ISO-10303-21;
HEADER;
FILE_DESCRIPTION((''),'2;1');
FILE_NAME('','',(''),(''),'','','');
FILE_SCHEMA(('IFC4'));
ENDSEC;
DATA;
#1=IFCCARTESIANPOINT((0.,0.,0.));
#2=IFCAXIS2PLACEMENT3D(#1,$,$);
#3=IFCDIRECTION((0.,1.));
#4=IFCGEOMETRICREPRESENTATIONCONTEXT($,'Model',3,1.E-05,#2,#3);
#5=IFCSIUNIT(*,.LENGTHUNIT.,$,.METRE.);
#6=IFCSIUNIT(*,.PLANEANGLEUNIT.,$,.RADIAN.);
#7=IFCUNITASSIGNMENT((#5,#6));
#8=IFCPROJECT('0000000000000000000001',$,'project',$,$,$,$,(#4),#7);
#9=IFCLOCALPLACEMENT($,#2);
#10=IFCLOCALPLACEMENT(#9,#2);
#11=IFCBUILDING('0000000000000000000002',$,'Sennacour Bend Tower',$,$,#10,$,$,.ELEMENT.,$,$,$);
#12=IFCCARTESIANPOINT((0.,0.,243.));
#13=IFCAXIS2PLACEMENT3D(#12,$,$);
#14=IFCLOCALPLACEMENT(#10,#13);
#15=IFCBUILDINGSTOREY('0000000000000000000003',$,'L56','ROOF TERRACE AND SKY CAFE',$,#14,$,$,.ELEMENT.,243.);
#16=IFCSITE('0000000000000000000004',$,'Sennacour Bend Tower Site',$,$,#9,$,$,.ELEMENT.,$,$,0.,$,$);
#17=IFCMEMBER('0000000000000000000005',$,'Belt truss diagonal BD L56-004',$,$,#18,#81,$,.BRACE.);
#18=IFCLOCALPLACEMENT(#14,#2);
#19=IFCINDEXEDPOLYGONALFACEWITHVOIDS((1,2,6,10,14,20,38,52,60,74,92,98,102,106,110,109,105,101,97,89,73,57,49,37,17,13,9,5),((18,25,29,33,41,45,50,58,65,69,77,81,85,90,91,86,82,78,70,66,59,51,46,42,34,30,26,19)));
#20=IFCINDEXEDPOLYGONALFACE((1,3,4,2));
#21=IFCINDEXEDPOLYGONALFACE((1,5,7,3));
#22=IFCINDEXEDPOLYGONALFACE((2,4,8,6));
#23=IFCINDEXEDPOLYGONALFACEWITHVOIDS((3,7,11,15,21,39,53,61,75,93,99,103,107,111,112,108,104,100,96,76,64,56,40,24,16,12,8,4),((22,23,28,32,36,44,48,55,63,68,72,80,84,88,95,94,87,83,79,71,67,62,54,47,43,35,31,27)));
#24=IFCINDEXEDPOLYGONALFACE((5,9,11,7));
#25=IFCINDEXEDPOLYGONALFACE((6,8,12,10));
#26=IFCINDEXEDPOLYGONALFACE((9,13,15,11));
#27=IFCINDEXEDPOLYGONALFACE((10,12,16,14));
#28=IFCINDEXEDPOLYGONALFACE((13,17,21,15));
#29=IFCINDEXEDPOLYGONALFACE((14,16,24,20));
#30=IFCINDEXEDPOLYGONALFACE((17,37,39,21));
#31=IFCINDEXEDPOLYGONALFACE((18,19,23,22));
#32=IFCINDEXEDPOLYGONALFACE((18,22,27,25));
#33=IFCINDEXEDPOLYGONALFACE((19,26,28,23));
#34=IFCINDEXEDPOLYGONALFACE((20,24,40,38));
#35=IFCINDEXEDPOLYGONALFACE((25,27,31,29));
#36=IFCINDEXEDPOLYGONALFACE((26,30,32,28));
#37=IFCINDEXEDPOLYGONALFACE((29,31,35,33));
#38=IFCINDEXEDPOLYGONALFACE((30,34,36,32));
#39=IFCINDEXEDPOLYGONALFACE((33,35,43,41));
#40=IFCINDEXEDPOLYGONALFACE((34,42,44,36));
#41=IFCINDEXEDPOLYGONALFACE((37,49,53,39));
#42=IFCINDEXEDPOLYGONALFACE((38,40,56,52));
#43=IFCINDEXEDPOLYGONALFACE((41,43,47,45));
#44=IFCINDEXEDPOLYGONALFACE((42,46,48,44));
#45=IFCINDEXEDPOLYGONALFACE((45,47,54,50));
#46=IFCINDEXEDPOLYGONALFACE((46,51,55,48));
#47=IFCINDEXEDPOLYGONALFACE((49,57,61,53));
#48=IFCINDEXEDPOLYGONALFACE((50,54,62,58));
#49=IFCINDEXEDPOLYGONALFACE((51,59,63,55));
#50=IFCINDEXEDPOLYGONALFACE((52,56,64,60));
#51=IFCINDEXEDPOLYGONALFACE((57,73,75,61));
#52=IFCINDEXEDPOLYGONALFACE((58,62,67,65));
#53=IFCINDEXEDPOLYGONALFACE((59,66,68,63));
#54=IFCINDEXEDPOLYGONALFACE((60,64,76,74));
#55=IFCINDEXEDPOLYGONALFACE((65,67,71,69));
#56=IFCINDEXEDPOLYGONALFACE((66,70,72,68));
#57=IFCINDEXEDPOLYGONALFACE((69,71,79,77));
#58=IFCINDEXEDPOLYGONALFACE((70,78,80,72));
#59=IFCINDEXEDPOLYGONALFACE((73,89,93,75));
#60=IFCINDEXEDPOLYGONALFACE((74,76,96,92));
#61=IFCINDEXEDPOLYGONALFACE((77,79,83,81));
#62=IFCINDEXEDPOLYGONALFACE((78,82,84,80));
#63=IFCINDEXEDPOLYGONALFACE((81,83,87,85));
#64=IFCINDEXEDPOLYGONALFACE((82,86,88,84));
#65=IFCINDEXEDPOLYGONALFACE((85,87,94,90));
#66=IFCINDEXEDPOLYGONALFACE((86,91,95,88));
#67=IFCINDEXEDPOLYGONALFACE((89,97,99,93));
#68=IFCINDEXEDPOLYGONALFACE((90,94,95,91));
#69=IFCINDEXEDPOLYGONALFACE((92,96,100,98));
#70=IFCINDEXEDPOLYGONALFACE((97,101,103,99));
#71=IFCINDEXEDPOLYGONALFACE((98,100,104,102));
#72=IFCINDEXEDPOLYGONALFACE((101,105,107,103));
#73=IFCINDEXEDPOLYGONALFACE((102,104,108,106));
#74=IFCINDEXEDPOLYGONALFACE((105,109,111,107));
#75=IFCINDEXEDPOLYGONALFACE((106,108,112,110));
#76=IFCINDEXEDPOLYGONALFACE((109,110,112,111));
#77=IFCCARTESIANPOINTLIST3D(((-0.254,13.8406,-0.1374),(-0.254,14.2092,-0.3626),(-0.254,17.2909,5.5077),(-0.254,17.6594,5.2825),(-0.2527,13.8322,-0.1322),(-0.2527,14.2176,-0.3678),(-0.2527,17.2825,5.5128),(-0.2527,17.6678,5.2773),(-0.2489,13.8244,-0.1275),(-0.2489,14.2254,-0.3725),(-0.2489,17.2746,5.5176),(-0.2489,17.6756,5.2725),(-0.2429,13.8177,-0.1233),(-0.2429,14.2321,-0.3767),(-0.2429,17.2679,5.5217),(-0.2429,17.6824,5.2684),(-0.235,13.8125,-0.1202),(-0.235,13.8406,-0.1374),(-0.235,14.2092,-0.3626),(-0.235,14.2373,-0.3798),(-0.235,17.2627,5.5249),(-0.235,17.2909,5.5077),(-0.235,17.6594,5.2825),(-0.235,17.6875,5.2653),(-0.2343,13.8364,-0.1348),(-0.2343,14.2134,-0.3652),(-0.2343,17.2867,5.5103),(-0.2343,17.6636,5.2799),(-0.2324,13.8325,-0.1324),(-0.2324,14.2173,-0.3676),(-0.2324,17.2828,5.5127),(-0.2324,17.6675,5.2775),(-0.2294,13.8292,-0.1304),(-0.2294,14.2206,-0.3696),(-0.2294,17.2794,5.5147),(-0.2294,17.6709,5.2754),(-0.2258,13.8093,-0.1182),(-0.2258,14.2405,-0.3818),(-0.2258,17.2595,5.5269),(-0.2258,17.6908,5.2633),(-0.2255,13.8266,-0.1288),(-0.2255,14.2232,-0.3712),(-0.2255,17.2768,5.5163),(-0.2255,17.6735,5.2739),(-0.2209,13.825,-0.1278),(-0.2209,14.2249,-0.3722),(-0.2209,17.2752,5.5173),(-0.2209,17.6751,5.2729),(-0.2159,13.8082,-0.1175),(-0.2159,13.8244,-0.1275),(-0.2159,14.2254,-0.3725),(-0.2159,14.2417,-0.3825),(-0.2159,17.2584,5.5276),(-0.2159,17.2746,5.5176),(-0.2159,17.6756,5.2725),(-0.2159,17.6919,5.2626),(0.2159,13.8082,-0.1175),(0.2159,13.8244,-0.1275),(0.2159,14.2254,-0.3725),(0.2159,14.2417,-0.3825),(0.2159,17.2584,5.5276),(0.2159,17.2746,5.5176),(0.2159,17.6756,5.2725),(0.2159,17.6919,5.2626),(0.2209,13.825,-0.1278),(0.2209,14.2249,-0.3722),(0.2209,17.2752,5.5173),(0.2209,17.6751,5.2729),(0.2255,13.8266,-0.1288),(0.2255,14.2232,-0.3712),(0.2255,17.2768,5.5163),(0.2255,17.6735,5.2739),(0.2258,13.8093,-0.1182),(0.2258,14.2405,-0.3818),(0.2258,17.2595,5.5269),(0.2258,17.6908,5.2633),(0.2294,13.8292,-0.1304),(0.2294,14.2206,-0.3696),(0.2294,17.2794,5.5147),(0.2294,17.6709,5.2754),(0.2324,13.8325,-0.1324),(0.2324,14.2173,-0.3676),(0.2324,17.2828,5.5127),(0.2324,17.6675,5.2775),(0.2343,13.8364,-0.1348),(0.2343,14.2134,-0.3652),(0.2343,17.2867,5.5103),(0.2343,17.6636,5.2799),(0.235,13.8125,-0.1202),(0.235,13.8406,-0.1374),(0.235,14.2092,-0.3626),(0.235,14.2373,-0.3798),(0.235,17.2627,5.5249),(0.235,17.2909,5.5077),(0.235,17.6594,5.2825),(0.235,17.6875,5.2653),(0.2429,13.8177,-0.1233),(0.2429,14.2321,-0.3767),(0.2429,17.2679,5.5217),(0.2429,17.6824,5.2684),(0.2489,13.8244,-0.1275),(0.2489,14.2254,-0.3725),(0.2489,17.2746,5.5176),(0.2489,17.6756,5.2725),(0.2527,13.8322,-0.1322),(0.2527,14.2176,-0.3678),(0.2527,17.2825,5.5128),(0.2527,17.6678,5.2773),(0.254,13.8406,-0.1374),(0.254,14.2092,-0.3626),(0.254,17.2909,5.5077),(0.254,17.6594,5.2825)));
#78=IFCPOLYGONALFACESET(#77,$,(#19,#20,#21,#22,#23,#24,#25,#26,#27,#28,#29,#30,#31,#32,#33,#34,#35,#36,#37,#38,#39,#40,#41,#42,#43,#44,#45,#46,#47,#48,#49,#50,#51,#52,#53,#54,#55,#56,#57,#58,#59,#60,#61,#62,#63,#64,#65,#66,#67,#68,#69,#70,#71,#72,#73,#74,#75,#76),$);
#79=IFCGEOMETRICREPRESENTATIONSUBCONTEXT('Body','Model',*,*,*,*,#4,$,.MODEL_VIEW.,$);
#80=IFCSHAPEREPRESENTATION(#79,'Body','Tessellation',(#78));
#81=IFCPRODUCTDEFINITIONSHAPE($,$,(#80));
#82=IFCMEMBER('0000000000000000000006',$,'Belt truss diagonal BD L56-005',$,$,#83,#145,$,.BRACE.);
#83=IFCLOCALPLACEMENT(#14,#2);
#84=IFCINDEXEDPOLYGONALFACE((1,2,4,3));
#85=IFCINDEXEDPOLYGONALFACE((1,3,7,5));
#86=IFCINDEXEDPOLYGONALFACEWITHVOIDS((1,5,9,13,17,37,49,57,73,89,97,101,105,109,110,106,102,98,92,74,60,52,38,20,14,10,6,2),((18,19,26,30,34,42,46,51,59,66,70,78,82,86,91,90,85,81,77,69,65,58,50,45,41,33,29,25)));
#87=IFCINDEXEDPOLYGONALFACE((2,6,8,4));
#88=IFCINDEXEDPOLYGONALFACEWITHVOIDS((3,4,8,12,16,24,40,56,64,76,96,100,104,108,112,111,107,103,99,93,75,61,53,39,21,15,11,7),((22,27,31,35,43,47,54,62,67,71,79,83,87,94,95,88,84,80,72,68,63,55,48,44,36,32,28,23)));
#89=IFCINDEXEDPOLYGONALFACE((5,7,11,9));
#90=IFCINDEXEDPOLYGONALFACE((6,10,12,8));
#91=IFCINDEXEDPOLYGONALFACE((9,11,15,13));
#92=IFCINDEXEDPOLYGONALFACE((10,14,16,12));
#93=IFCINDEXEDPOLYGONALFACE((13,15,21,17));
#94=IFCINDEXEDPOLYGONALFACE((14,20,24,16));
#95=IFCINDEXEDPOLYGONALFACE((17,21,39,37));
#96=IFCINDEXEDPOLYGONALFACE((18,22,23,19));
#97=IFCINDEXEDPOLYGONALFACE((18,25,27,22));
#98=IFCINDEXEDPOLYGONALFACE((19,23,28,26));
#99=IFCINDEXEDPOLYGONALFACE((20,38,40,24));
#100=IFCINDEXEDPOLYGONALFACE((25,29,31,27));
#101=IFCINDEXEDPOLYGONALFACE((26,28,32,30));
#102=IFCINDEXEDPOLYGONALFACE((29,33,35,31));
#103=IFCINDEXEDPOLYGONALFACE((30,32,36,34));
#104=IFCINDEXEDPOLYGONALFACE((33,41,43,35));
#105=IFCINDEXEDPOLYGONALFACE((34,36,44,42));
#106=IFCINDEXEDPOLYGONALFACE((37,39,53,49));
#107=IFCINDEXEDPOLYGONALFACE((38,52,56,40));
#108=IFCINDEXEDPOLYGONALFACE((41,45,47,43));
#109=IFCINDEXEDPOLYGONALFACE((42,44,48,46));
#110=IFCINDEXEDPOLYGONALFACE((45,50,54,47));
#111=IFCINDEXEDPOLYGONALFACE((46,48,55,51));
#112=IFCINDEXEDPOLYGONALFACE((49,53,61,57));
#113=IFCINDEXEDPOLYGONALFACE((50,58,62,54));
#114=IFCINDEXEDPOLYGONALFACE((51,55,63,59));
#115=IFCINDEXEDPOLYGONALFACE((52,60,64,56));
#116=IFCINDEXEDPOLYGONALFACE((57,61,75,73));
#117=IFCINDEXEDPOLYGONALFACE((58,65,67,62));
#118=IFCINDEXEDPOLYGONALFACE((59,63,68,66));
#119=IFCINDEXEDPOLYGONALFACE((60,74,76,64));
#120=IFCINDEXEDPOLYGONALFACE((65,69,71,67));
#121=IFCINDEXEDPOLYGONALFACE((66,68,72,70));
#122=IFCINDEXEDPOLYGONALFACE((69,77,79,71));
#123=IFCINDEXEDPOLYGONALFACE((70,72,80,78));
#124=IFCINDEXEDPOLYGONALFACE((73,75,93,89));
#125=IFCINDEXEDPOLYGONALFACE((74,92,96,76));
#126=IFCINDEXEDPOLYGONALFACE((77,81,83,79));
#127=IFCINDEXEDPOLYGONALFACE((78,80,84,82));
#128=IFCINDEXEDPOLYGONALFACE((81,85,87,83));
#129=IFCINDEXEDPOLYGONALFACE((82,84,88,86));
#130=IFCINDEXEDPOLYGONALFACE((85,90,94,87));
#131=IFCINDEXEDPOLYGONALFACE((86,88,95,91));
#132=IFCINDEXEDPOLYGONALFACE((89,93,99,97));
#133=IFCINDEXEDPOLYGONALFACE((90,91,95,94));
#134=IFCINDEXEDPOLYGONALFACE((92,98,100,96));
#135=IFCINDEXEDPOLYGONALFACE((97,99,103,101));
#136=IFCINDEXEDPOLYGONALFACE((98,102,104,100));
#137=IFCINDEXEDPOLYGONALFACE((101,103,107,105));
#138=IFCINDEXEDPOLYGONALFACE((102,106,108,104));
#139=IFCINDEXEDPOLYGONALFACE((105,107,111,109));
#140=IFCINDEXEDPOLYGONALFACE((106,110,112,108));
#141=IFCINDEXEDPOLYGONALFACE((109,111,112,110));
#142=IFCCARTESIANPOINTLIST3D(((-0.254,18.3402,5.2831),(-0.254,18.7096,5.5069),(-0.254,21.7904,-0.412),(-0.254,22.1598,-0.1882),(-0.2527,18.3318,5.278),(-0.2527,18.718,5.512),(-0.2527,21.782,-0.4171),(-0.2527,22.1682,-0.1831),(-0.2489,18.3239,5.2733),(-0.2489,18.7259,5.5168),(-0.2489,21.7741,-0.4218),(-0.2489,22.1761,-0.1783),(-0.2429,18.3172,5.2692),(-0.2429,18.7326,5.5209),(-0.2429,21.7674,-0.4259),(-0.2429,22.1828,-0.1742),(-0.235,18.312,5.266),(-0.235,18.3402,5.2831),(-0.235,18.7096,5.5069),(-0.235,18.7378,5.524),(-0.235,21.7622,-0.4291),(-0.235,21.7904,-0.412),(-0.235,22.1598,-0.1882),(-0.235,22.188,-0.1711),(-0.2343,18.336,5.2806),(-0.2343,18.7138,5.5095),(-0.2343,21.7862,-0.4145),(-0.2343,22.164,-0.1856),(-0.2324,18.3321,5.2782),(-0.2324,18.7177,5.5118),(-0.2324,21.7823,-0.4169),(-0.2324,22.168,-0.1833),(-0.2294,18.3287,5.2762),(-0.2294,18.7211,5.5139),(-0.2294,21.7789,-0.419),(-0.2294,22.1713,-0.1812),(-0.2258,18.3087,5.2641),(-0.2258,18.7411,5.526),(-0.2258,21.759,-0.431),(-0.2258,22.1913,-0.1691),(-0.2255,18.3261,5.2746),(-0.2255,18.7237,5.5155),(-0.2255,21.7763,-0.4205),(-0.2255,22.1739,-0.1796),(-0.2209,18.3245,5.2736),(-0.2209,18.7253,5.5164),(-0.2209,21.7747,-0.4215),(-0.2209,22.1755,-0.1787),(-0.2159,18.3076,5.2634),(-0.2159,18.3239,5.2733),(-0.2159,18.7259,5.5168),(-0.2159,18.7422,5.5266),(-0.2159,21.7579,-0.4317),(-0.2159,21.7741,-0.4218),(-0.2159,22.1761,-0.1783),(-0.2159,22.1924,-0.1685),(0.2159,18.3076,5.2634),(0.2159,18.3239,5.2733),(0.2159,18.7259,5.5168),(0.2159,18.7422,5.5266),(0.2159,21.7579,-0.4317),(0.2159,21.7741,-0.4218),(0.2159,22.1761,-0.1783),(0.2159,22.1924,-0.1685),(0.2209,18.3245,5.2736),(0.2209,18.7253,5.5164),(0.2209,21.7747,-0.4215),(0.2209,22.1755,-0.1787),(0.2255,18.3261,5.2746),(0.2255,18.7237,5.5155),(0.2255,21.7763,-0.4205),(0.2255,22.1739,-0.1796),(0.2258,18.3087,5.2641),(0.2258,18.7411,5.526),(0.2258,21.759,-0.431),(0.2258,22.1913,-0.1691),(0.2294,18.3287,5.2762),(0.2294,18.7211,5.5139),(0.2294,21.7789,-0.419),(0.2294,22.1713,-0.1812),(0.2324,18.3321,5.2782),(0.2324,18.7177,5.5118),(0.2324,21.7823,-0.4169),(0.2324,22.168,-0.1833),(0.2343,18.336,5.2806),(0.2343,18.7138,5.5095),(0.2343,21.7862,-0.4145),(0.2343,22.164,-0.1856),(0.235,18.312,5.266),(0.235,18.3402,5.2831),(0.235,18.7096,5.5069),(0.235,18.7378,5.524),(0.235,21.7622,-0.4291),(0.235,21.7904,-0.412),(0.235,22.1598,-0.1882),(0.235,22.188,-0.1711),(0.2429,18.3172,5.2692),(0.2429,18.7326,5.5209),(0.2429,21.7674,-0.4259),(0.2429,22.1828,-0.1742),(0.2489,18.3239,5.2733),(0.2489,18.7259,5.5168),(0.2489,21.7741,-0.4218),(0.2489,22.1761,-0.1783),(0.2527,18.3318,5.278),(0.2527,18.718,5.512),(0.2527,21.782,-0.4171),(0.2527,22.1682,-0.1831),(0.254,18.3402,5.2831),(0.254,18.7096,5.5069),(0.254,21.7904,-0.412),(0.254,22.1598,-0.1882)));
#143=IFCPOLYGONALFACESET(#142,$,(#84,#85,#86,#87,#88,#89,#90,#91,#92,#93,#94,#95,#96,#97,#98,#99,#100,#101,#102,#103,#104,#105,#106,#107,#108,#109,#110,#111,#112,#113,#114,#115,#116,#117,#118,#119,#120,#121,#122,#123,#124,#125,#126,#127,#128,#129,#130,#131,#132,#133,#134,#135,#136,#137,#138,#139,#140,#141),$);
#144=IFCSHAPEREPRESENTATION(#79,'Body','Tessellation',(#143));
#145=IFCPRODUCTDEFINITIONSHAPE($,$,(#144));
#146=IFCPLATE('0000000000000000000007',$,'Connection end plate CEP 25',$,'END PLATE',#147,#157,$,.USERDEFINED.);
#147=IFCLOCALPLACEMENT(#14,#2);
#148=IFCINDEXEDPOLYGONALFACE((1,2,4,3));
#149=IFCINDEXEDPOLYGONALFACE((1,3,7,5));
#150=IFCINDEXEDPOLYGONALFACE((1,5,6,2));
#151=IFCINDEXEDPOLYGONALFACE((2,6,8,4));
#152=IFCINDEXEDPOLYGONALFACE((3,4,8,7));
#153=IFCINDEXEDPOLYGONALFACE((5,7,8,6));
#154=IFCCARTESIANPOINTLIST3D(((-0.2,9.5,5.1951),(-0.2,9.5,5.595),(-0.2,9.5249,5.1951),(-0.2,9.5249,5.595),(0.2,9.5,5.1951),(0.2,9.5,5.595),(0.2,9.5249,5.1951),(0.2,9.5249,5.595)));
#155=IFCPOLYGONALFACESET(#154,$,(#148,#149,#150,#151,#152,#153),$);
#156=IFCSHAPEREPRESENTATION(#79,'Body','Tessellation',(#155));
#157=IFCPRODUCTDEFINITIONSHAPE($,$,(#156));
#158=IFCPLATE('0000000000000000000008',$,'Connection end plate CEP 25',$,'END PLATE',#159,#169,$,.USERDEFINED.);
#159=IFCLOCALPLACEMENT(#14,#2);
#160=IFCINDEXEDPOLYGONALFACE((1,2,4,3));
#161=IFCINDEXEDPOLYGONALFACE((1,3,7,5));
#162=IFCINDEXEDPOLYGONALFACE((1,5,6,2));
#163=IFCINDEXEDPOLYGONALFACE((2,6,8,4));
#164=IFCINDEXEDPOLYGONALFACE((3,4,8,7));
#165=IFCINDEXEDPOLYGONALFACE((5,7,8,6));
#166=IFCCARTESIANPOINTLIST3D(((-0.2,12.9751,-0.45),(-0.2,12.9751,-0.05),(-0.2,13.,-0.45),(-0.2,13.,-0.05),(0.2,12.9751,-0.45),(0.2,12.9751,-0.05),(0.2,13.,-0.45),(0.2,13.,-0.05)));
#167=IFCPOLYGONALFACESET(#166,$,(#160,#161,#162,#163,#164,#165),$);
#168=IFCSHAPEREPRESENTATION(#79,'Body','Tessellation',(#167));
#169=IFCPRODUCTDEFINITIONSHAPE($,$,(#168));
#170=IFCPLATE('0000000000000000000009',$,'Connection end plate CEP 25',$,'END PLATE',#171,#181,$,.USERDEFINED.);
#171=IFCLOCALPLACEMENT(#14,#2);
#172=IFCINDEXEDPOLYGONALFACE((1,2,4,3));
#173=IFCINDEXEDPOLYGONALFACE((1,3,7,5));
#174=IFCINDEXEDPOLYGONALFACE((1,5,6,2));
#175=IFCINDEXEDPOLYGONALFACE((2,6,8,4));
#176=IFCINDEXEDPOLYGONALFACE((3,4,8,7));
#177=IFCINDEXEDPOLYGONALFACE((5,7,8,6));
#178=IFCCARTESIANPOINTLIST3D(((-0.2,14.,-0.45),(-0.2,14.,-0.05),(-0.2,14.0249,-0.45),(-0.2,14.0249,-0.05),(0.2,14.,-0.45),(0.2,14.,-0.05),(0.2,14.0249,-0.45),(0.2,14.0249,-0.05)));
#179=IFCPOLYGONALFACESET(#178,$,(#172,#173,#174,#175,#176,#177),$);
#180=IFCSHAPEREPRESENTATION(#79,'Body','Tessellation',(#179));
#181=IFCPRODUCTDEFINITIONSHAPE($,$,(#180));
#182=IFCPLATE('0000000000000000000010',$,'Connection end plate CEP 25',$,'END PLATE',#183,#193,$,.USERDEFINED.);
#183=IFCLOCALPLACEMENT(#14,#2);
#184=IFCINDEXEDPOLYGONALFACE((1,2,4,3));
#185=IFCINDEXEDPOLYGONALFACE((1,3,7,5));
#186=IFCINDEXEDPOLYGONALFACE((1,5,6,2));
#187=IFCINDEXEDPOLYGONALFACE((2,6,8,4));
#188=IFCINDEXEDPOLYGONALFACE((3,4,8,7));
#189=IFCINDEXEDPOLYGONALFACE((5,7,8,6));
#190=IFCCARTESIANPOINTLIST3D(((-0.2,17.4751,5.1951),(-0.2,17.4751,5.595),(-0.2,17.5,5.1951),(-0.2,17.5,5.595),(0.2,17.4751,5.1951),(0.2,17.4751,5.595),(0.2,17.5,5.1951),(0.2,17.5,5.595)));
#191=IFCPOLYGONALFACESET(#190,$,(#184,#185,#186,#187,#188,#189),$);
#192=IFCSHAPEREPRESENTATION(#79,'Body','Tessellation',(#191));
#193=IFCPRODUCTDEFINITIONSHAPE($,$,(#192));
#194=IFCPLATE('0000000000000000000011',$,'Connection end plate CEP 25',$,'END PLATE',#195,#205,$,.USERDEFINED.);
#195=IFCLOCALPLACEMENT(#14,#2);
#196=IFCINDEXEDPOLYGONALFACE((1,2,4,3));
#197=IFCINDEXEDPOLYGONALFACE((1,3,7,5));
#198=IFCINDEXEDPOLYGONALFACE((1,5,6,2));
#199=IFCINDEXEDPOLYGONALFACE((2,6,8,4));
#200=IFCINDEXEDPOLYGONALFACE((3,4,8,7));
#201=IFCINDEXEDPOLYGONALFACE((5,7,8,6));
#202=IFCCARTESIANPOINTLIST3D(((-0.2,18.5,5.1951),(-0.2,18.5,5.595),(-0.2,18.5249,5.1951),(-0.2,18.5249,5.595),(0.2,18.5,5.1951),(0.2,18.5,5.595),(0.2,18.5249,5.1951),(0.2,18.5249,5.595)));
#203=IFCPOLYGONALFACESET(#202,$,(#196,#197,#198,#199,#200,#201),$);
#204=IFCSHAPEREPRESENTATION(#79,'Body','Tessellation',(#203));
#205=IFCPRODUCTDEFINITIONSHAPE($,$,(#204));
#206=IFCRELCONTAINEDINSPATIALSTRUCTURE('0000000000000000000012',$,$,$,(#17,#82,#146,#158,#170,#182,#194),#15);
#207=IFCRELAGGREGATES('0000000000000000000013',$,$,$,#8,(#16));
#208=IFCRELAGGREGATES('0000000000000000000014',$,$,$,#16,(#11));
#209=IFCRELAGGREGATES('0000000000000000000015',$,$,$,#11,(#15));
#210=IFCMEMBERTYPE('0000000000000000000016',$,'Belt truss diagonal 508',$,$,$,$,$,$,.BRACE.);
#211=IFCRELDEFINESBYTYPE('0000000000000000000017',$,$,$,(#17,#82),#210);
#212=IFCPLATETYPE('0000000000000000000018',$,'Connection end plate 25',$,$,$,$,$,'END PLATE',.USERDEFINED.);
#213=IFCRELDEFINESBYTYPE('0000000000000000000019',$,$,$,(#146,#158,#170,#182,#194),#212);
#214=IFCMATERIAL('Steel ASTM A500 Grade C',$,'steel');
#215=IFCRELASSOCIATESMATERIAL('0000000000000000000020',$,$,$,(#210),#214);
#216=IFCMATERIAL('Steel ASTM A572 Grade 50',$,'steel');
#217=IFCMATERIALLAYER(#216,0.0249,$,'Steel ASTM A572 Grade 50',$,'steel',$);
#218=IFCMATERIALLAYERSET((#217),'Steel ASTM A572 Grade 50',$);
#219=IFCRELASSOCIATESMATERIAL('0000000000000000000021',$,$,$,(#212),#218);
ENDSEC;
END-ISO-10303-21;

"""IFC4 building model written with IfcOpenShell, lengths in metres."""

from ifc_helpers import new_model, si_unit, direction, frame, origin, origin_2d, place, context, subcontext, project, spatial, rectangle, hollow_rectangle, extrude, material, layer, layer_set, material_profile, profile_set, type_object, element, save


model = new_model("IFC4")

# Units and contexts
model_context = context("Model", 3, precision=1e-05, world=origin(), true_north=direction((0.0, 1.0)))
body_context = subcontext(model_context, "Body", "Model", "MODEL_VIEW")
ifc_project = project(units=[si_unit("LENGTHUNIT", "METRE"), si_unit("PLANEANGLEUNIT", "RADIAN")], contexts=[model_context])

# Site, building, storey
site_placement = place(None, origin())
site = spatial("IfcSite", under=ifc_project, at=site_placement, Name="Sennacour Bend Tower Site", CompositionType="ELEMENT", RefElevation=0.0)
building_placement = place(site_placement, origin())
building = spatial("IfcBuilding", under=site, at=building_placement, Name="Sennacour Bend Tower", CompositionType="ELEMENT")
storey_placement = place(building_placement, frame((0.0, 0.0, 243.0)))
storey = spatial("IfcBuildingStorey", under=building, at=storey_placement, Name="L56", Description="ROOF TERRACE AND SKY CAFE", CompositionType="ELEMENT", Elevation=243.0)

# Shared definitions
ifc_material_1 = material(Name="Steel ASTM A572 Grade 50", Category="steel")

# Members
ifc_material_2 = material(Name="Steel ASTM A500 Grade C", Category="steel")
ifc_material_profile_1 = material_profile(ifc_material_2, hollow_rectangle(XDim=0.5081, YDim=0.5081, WallThickness=0.019, InnerFilletRadius=0.019, OuterFilletRadius=0.0381, at=origin_2d()), Name="Steel ASTM A500 Grade C", Category="steel")
ifc_profile_set_1 = profile_set([ifc_material_profile_1], Name="Steel ASTM A500 Grade C")
member_type_1 = type_object("IfcMemberType", Name="Belt truss diagonal 508", PredefinedType="BRACE", material=ifc_profile_set_1)
for number, where, z_axis, x_axis, name in (
    (1, (0.0, 14.0249, -0.25), (0.0, 0.521501, 0.853251), (-1.0, 0.0, 0.0), "Belt truss diagonal BD L56-004"),
):
    element("IfcMember", number, at=place(storey_placement, frame(where, z_axis=z_axis, x_axis=x_axis)), inside=storey, type_object=member_type_1, Name=name, PredefinedType="BRACE", context=body_context, shape_type="SweptSolid", body=[
        extrude(hollow_rectangle(XDim=0.5081, YDim=0.5081, WallThickness=0.019, InnerFilletRadius=0.019, OuterFilletRadius=0.0381, at=origin_2d()), origin(), (0.0, 0.0, 1.0), 6.616),
    ])
member_1_placement = place(storey_placement, frame((0.0, 18.5249, 5.395), z_axis=(0.0, 0.518152, -0.855288), x_axis=(-1.0, 0.0, 0.0)))
element("IfcMember", 2, at=member_1_placement, inside=storey, type_object=member_type_1, Name="Belt truss diagonal BD L56-005", PredefinedType="BRACE", context=body_context, shape_type="SweptSolid", body=[
    extrude(hollow_rectangle(XDim=0.5081, YDim=0.5081, WallThickness=0.019, InnerFilletRadius=0.019, OuterFilletRadius=0.0381, at=origin_2d()), origin(), (0.0, 0.0, 1.0), 6.6587),
])

# Plates
ifc_layer_1 = layer(ifc_material_1, 0.0249, Name="Steel ASTM A572 Grade 50", Category="steel")
ifc_layer_set_1 = layer_set([ifc_layer_1], Name="Steel ASTM A572 Grade 50")
plate_type = type_object("IfcPlateType", Name="Connection end plate 25", ElementType="END PLATE", PredefinedType="USERDEFINED", material=ifc_layer_set_1)
for number, where, z_axis, x_axis, name in (
    (3, (0.0, 9.5125, 5.1951), (0.0, 0.0, 1.0), (0.0, -1.0, 0.0), "Connection end plate CEP 25"),
    (4, (0.0, 12.9875, -0.45), (0.0, 0.0, 1.0), (0.0, 1.0, 0.0), "Connection end plate CEP 25"),
    (5, (0.0, 14.0125, -0.45), (0.0, 0.0, 1.0), (0.0, -1.0, 0.0), "Connection end plate CEP 25"),
    (6, (0.0, 17.4875, 5.1951), (0.0, 0.0, 1.0), (0.0, 1.0, 0.0), "Connection end plate CEP 25"),
    (7, (0.0, 18.5125, 5.1951), (0.0, 0.0, 1.0), (0.0, -1.0, 0.0), "Connection end plate CEP 25"),
):
    element("IfcPlate", number, at=place(storey_placement, frame(where, z_axis=z_axis, x_axis=x_axis)), inside=storey, type_object=plate_type, Name=name, ObjectType="END PLATE", PredefinedType="USERDEFINED", context=body_context, shape_type="SweptSolid", body=[
        extrude(rectangle(XDim=0.0249, YDim=0.3999, at=origin_2d()), origin(), (0.0, 0.0, 1.0), 0.3999),
    ])

save(model, "model.ifc")
